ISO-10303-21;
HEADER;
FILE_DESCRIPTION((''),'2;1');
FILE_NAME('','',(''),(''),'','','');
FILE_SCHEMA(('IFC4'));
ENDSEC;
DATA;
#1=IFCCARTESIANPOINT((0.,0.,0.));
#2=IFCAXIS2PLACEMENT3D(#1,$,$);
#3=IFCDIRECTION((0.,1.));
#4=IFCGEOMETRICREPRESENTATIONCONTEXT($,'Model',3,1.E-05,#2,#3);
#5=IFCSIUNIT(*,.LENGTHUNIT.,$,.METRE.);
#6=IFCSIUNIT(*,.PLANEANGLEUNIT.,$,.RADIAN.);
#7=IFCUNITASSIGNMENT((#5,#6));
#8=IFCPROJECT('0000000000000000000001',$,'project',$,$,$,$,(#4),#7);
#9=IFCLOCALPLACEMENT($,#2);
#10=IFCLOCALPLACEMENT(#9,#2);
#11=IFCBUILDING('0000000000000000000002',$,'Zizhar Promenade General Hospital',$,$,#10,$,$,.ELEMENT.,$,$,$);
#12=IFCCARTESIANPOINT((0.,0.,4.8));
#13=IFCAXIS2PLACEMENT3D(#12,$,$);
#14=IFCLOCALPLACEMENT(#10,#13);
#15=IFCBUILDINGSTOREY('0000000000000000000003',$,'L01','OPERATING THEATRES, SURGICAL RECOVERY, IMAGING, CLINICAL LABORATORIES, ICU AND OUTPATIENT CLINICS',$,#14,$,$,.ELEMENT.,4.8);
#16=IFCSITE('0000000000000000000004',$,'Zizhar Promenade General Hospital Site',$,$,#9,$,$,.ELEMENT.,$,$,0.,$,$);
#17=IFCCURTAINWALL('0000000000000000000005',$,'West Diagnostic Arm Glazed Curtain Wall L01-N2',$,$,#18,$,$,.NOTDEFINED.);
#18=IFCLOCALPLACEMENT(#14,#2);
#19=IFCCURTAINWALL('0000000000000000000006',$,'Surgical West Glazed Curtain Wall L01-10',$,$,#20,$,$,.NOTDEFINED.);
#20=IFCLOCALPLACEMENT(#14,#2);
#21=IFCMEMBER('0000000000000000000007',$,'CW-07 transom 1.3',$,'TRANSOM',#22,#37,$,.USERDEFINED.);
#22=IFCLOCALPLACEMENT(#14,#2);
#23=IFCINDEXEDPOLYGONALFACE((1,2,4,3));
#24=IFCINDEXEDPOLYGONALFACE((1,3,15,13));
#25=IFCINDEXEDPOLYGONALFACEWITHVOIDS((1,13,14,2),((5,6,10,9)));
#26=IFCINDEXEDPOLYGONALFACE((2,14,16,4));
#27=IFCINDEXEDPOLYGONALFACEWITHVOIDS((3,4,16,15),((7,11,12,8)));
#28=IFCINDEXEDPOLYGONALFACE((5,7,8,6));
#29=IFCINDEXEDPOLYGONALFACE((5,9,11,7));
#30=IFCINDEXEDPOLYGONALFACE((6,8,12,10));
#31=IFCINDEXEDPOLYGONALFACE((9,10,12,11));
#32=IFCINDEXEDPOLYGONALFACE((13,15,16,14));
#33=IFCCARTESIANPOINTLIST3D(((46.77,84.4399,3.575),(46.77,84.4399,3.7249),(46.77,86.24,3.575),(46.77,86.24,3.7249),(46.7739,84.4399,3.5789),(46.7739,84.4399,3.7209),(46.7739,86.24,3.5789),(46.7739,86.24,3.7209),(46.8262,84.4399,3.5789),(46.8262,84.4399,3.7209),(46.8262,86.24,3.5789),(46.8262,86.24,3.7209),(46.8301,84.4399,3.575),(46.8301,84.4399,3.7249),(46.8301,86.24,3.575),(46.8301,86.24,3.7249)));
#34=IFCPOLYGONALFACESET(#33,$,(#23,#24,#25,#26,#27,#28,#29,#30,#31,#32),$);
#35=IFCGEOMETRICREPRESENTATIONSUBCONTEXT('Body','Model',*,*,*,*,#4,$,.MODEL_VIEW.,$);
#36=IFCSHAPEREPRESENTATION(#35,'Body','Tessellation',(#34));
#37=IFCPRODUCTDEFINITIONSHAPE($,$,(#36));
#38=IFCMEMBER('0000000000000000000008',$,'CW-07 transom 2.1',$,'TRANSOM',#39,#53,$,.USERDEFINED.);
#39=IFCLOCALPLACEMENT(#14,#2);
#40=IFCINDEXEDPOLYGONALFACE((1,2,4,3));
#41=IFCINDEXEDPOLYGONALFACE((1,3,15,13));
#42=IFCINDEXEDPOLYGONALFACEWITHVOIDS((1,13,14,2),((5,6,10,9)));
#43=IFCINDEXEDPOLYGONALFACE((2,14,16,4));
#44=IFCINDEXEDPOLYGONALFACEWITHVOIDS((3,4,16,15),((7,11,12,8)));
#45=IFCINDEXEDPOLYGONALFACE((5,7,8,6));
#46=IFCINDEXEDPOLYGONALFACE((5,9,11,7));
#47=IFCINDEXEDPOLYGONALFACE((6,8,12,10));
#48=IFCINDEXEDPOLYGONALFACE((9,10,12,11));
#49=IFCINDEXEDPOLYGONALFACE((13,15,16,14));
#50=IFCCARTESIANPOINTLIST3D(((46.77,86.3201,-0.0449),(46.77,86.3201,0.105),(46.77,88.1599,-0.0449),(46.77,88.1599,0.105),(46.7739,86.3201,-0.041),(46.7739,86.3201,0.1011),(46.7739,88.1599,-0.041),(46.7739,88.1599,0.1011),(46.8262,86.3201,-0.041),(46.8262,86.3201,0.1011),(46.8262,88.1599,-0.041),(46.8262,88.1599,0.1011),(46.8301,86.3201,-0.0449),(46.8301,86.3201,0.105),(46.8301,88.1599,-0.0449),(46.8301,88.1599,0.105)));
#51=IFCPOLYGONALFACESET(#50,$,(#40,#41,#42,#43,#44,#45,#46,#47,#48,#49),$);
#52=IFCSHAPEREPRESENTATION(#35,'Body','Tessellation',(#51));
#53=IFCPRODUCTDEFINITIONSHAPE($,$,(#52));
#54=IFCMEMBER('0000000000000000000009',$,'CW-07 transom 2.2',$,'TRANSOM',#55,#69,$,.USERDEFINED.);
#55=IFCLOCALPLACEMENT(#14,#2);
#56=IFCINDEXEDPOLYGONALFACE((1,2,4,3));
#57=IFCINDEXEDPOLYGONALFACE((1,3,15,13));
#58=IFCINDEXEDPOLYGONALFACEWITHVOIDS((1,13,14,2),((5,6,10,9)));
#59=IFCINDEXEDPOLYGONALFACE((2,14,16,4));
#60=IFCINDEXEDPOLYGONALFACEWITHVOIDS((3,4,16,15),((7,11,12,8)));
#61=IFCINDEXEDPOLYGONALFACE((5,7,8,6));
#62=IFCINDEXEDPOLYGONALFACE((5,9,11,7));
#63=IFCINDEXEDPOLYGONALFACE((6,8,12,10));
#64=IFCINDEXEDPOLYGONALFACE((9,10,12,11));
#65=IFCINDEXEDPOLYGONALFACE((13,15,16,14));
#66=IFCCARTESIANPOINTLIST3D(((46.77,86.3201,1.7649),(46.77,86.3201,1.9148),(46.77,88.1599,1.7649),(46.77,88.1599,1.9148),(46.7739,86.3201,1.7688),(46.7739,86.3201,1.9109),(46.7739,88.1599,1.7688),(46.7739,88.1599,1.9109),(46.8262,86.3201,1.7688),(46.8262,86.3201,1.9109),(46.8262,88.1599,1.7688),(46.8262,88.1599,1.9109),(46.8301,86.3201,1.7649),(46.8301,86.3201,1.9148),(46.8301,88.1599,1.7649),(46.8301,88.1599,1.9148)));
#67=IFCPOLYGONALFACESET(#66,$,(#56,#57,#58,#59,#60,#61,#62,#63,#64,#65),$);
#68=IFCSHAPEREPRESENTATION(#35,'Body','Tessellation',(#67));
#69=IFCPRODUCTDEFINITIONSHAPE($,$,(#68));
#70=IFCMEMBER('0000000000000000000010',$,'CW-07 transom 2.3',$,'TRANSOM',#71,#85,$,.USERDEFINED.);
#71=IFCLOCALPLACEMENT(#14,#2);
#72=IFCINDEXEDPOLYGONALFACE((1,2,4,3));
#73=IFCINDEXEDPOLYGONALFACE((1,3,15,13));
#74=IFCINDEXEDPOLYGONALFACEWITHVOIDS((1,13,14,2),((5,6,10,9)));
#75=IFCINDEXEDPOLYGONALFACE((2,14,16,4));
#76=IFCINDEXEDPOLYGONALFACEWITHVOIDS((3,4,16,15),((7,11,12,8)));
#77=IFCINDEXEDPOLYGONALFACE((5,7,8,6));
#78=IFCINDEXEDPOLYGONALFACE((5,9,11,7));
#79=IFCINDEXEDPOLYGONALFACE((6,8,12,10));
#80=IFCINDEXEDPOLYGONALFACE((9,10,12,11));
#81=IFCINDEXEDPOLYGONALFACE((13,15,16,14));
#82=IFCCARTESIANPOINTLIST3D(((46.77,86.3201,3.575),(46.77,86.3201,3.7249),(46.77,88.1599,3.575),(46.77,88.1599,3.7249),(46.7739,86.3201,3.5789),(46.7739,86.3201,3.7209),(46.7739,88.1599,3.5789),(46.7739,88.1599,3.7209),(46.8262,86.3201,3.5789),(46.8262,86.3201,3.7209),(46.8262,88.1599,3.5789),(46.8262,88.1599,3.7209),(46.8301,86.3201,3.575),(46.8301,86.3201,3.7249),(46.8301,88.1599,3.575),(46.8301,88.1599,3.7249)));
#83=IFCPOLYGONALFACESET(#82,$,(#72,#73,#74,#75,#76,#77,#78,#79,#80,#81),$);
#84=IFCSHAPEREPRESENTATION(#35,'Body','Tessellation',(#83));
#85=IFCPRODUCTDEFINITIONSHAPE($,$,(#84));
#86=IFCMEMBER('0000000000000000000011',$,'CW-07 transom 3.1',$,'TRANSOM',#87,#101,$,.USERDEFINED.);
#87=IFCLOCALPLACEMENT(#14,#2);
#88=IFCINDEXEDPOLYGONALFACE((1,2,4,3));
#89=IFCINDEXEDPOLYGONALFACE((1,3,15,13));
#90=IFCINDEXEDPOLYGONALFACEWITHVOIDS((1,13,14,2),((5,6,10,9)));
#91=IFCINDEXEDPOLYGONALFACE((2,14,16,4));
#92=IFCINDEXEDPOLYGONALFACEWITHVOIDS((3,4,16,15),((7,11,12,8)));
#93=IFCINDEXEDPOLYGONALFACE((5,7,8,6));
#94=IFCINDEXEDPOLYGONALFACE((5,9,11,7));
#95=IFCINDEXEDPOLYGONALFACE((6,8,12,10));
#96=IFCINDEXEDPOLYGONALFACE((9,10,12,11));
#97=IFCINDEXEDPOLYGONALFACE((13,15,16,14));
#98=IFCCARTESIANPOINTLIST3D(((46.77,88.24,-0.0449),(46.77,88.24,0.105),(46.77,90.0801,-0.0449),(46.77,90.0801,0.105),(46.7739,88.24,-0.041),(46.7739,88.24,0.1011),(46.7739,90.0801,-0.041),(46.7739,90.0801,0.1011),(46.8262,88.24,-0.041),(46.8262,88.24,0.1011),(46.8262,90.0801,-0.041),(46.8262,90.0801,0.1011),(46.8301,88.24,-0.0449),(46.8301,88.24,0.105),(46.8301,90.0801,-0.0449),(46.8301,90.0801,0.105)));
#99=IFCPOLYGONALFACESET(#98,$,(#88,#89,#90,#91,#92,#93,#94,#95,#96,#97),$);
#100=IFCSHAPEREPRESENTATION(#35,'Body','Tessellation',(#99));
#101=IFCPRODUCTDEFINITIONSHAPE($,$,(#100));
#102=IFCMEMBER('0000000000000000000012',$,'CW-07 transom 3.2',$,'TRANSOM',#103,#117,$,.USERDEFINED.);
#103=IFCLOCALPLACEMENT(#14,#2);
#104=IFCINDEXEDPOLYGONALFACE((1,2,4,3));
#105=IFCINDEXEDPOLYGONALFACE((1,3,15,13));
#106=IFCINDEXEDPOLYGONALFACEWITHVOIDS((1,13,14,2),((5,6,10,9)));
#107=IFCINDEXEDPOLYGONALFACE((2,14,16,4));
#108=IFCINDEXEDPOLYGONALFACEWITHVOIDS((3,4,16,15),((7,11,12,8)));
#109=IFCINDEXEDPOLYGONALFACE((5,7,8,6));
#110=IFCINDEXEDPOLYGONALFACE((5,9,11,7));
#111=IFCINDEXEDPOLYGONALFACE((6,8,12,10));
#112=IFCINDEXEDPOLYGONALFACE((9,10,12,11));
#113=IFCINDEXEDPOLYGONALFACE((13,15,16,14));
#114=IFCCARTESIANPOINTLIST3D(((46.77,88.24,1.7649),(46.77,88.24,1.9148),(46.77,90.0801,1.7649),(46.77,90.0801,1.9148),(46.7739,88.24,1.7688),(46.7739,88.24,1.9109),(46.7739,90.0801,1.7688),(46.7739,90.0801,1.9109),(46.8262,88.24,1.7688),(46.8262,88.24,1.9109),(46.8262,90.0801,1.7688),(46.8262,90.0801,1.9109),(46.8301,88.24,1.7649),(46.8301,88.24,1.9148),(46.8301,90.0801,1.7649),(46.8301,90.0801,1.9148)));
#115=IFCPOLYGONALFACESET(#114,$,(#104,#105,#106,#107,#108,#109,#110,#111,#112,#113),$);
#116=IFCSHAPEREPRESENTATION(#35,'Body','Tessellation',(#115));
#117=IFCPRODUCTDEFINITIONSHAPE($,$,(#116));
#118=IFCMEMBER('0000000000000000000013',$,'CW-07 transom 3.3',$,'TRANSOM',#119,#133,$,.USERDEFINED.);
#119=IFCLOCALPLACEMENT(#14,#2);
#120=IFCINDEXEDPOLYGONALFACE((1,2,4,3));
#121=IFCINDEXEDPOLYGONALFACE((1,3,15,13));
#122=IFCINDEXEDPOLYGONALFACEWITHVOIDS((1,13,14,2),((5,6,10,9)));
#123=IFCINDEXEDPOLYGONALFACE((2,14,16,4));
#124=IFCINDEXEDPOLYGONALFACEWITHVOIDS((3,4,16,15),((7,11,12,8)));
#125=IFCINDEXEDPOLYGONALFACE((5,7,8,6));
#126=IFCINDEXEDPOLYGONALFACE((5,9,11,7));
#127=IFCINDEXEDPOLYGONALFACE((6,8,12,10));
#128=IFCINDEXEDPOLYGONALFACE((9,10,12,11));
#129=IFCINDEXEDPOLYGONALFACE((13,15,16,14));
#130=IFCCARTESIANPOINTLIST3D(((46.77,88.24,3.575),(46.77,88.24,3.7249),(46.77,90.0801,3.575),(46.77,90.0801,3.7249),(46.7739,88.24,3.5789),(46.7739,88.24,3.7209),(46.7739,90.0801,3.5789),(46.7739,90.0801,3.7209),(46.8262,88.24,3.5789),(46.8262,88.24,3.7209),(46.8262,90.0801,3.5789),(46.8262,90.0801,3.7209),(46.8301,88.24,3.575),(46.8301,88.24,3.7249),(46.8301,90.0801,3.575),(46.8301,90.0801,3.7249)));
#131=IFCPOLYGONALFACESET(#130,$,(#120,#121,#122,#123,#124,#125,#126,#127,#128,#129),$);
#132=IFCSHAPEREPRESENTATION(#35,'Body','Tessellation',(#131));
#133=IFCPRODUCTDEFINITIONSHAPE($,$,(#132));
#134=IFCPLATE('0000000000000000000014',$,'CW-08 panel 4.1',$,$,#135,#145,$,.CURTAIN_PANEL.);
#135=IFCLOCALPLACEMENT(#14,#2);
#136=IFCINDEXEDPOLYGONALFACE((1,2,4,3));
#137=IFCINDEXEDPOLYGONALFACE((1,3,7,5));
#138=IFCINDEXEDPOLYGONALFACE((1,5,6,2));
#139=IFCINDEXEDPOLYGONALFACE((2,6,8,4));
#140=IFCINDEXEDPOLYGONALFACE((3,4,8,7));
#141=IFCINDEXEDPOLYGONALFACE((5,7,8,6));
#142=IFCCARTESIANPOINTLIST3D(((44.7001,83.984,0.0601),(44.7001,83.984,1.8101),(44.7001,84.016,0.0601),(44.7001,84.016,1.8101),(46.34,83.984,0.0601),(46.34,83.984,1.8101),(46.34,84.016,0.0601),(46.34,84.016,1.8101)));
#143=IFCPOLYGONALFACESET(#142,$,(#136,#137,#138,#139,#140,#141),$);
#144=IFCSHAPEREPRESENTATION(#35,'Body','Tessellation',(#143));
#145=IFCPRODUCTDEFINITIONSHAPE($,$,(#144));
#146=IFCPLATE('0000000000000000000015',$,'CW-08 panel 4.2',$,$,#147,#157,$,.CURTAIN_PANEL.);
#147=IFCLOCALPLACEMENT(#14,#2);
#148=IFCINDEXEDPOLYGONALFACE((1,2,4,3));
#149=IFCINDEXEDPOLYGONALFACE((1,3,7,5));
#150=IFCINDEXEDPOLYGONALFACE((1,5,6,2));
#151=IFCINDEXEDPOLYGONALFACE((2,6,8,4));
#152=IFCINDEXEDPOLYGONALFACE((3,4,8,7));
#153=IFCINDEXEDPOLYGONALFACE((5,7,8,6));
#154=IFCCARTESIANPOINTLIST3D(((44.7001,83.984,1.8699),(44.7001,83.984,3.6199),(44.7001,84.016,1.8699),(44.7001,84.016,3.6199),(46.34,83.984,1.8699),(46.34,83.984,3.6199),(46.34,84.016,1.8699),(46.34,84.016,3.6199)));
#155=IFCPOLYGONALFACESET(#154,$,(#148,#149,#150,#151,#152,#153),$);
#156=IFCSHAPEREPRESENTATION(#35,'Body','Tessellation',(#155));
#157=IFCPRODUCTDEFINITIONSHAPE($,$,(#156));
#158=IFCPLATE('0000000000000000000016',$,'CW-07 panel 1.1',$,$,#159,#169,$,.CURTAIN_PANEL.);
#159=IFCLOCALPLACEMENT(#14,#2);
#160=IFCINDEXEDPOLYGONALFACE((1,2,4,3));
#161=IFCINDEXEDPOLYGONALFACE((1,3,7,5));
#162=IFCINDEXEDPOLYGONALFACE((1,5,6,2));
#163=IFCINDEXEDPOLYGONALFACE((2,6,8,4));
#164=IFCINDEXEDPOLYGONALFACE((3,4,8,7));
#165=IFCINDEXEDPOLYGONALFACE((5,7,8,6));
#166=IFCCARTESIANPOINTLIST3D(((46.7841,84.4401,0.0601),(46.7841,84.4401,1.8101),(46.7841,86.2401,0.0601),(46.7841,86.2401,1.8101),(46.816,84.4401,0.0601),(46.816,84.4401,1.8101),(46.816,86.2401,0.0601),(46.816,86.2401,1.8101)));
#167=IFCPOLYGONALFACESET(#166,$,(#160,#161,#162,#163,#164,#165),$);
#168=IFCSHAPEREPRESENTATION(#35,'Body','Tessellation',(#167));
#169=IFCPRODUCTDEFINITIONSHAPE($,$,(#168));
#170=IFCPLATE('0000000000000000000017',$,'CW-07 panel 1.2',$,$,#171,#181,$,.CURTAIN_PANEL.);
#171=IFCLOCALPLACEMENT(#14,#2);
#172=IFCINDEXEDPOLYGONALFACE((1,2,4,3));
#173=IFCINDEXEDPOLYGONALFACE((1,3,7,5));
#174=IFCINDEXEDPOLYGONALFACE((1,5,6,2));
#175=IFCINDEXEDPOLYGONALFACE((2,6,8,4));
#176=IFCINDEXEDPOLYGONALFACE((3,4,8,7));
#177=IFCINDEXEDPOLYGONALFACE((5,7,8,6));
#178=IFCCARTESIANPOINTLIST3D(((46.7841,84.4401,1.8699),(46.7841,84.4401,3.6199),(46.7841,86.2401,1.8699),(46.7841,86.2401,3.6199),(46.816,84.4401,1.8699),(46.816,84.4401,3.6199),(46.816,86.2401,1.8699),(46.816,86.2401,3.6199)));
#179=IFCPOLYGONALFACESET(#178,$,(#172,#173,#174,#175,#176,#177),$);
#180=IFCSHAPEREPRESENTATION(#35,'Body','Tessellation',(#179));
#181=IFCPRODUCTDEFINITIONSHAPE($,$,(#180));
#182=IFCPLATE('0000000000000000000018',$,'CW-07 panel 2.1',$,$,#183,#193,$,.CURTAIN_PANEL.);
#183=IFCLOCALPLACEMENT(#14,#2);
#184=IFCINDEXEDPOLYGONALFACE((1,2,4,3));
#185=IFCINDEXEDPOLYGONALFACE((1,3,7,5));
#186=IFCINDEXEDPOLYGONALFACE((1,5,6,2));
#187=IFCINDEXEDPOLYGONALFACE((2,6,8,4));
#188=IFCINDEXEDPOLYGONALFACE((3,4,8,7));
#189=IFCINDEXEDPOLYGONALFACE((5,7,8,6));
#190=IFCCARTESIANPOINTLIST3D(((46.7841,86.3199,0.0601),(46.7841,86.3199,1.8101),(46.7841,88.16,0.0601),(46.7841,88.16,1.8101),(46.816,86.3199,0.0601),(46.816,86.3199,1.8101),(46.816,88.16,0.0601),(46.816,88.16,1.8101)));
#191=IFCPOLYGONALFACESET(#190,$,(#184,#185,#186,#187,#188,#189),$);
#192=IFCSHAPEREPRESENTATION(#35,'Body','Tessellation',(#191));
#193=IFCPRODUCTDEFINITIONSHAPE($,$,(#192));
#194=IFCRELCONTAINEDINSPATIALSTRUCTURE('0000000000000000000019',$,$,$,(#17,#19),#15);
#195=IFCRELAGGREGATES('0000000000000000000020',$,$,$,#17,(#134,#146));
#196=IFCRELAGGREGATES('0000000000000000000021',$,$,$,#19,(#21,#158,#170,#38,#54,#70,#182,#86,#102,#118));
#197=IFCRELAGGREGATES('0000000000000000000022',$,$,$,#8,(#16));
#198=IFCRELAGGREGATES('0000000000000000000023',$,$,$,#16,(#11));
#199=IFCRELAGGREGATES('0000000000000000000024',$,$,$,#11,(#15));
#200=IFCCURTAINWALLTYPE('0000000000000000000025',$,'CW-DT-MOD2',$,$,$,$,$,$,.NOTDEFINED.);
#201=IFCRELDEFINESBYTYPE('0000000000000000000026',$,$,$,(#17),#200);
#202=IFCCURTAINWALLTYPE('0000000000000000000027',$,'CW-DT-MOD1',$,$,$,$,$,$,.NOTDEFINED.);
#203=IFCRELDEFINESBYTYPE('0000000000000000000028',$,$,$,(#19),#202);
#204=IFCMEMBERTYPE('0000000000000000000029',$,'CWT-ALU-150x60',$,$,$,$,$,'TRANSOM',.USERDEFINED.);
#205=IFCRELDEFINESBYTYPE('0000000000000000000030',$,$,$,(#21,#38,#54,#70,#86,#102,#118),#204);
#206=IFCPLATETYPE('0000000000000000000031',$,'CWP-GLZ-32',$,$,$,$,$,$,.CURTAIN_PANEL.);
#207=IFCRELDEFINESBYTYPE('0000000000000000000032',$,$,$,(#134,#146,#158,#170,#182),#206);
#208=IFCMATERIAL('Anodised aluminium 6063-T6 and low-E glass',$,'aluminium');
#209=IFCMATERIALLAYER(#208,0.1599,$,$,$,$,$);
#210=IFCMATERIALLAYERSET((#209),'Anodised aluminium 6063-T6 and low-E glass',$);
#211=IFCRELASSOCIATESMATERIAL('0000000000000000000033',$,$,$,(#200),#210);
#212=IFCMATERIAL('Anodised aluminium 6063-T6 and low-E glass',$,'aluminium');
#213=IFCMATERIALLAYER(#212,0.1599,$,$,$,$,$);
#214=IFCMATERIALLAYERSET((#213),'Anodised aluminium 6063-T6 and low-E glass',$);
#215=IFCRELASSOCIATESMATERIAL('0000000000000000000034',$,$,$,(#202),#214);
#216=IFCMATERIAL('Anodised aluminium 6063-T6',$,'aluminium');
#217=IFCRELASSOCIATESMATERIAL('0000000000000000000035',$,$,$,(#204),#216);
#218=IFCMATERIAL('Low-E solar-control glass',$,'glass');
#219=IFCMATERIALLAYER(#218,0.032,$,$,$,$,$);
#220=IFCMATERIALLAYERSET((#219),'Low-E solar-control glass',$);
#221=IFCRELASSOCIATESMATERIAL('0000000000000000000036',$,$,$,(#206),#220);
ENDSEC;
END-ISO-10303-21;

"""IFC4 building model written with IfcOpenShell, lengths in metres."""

from ifc_helpers import new_model, si_unit, direction, frame, origin, origin_2d, place, context, subcontext, project, spatial, rectangle, hollow_rectangle, extrude, material, layer, layer_set, material_profile, profile_set, type_object, element, aggregate, save


model = new_model("IFC4")

# Units and contexts
model_context = context("Model", 3, precision=1e-05, world=origin(), true_north=direction((0.0, 1.0)))
body_context = subcontext(model_context, "Body", "Model", "MODEL_VIEW")
ifc_project = project(units=[si_unit("LENGTHUNIT", "METRE"), si_unit("PLANEANGLEUNIT", "RADIAN")], contexts=[model_context])

# Site, building, storey
site_placement = place(None, origin())
site = spatial("IfcSite", under=ifc_project, at=site_placement, Name="Zizhar Promenade General Hospital Site", CompositionType="ELEMENT", RefElevation=0.0)
building_placement = place(site_placement, origin())
building = spatial("IfcBuilding", under=site, at=building_placement, Name="Zizhar Promenade General Hospital", CompositionType="ELEMENT")
storey_placement = place(building_placement, frame((0.0, 0.0, 4.8)))
storey = spatial("IfcBuildingStorey", under=building, at=storey_placement, Name="L01", Description="OPERATING THEATRES, SURGICAL RECOVERY, IMAGING, CLINICAL LABORATORIES, ICU AND OUTPATIENT CLINICS", CompositionType="ELEMENT", Elevation=4.8)

# Curtain wall
ifc_material_1 = material(Name="Anodised aluminium 6063-T6 and low-E glass", Category="aluminium")
ifc_layer_1 = layer(ifc_material_1, 0.1599)
ifc_layer_set_1 = layer_set([ifc_layer_1], Name="Anodised aluminium 6063-T6 and low-E glass")
curtain_wall_type_1 = type_object("IfcCurtainWallType", Name="CW-DT-MOD2", PredefinedType="NOTDEFINED", material=ifc_layer_set_1)
curtain_wall_1_placement = place(storey_placement, origin())
curtain_wall_1 = element("IfcCurtainWall", 1, at=curtain_wall_1_placement, inside=storey, type_object=curtain_wall_type_1, Name="West Diagnostic Arm Glazed Curtain Wall L01-N2", PredefinedType="NOTDEFINED")

# Curtain wall, members
ifc_material_2 = material(Name="Anodised aluminium 6063-T6 and low-E glass", Category="aluminium")
ifc_layer_2 = layer(ifc_material_2, 0.1599)
ifc_layer_set_2 = layer_set([ifc_layer_2], Name="Anodised aluminium 6063-T6 and low-E glass")
curtain_wall_type_2 = type_object("IfcCurtainWallType", Name="CW-DT-MOD1", PredefinedType="NOTDEFINED", material=ifc_layer_set_2)
curtain_wall_2_placement = place(storey_placement, origin())
curtain_wall_2 = element("IfcCurtainWall", 2, at=curtain_wall_2_placement, inside=storey, type_object=curtain_wall_type_2, Name="Surgical West Glazed Curtain Wall L01-10", PredefinedType="NOTDEFINED")
ifc_material_3 = material(Name="Anodised aluminium 6063-T6", Category="aluminium")
ifc_material_profile_1 = material_profile(ifc_material_3, hollow_rectangle(XDim=0.0601, YDim=0.1499, WallThickness=0.0039, at=origin_2d()))
ifc_profile_set_1 = profile_set([ifc_material_profile_1], Name="Anodised aluminium 6063-T6")
member_type_1 = type_object("IfcMemberType", Name="CWT-ALU-150x60", ElementType="TRANSOM", PredefinedType="USERDEFINED", material=ifc_profile_set_1)
member_1_placement = place(storey_placement, frame((46.8, 84.4399, 3.6499), z_axis=(0.0, 1.0, 0.0), x_axis=(-1.0, 0.0, 0.0)))
member_1 = element("IfcMember", 3, at=member_1_placement, type_object=member_type_1, Name="CW-07 transom 1.3", ObjectType="TRANSOM", PredefinedType="USERDEFINED", context=body_context, shape_type="SweptSolid", body=[
    extrude(hollow_rectangle(XDim=0.0601, YDim=0.1499, WallThickness=0.0039, at=origin_2d()), origin(), (0.0, 0.0, 1.0), 1.8),
])
member_2_placement = place(storey_placement, frame((46.8, 86.3201, 0.03), z_axis=(0.0, 1.0, 0.0), x_axis=(-1.0, 0.0, 0.0)))
member_2 = element("IfcMember", 4, at=member_2_placement, type_object=member_type_1, Name="CW-07 transom 2.1", ObjectType="TRANSOM", PredefinedType="USERDEFINED", context=body_context, shape_type="SweptSolid", body=[
    extrude(hollow_rectangle(XDim=0.0601, YDim=0.1499, WallThickness=0.0039, at=origin_2d()), origin(), (0.0, 0.0, 1.0), 1.8398),
])
member_3_placement = place(storey_placement, frame((46.8, 86.3201, 1.8398), z_axis=(0.0, 1.0, 0.0), x_axis=(-1.0, 0.0, 0.0)))
member_3 = element("IfcMember", 5, at=member_3_placement, type_object=member_type_1, Name="CW-07 transom 2.2", ObjectType="TRANSOM", PredefinedType="USERDEFINED", context=body_context, shape_type="SweptSolid", body=[
    extrude(hollow_rectangle(XDim=0.0601, YDim=0.1499, WallThickness=0.0039, at=origin_2d()), origin(), (0.0, 0.0, 1.0), 1.8398),
])
member_4_placement = place(storey_placement, frame((46.8, 86.3201, 3.6499), z_axis=(0.0, 1.0, 0.0), x_axis=(-1.0, 0.0, 0.0)))
member_4 = element("IfcMember", 6, at=member_4_placement, type_object=member_type_1, Name="CW-07 transom 2.3", ObjectType="TRANSOM", PredefinedType="USERDEFINED", context=body_context, shape_type="SweptSolid", body=[
    extrude(hollow_rectangle(XDim=0.0601, YDim=0.1499, WallThickness=0.0039, at=origin_2d()), origin(), (0.0, 0.0, 1.0), 1.8398),
])
member_5_placement = place(storey_placement, frame((46.8, 88.24, 0.03), z_axis=(0.0, 1.0, 0.0), x_axis=(-1.0, 0.0, 0.0)))
member_5 = element("IfcMember", 7, at=member_5_placement, type_object=member_type_1, Name="CW-07 transom 3.1", ObjectType="TRANSOM", PredefinedType="USERDEFINED", context=body_context, shape_type="SweptSolid", body=[
    extrude(hollow_rectangle(XDim=0.0601, YDim=0.1499, WallThickness=0.0039, at=origin_2d()), origin(), (0.0, 0.0, 1.0), 1.8401),
])
member_6_placement = place(storey_placement, frame((46.8, 88.24, 1.8398), z_axis=(0.0, 1.0, 0.0), x_axis=(-1.0, 0.0, 0.0)))
member_6 = element("IfcMember", 8, at=member_6_placement, type_object=member_type_1, Name="CW-07 transom 3.2", ObjectType="TRANSOM", PredefinedType="USERDEFINED", context=body_context, shape_type="SweptSolid", body=[
    extrude(hollow_rectangle(XDim=0.0601, YDim=0.1499, WallThickness=0.0039, at=origin_2d()), origin(), (0.0, 0.0, 1.0), 1.8401),
])
member_7_placement = place(storey_placement, frame((46.8, 88.24, 3.6499), z_axis=(0.0, 1.0, 0.0), x_axis=(-1.0, 0.0, 0.0)))
member_7 = element("IfcMember", 9, at=member_7_placement, type_object=member_type_1, Name="CW-07 transom 3.3", ObjectType="TRANSOM", PredefinedType="USERDEFINED", context=body_context, shape_type="SweptSolid", body=[
    extrude(hollow_rectangle(XDim=0.0601, YDim=0.1499, WallThickness=0.0039, at=origin_2d()), origin(), (0.0, 0.0, 1.0), 1.8401),
])

# Plates
ifc_material_4 = material(Name="Low-E solar-control glass", Category="glass")
ifc_layer_3 = layer(ifc_material_4, 0.032)
ifc_layer_set_3 = layer_set([ifc_layer_3], Name="Low-E solar-control glass")
plate_type = type_object("IfcPlateType", Name="CWP-GLZ-32", PredefinedType="CURTAIN_PANEL", material=ifc_layer_set_3)
plate_1_placement = place(storey_placement, frame((45.52, 84.0, 0.0601), z_axis=(0.0, 0.0, 1.0), x_axis=(1.0, 0.0, 0.0)))
plate_1 = element("IfcPlate", 10, at=plate_1_placement, type_object=plate_type, Name="CW-08 panel 4.1", PredefinedType="CURTAIN_PANEL", context=body_context, shape_type="SweptSolid", body=[
    extrude(rectangle(XDim=1.6399, YDim=0.032, at=origin_2d()), origin(), (0.0, 0.0, 1.0), 1.75),
])
plate_2_placement = place(storey_placement, frame((45.52, 84.0, 1.8699), z_axis=(0.0, 0.0, 1.0), x_axis=(1.0, 0.0, 0.0)))
plate_2 = element("IfcPlate", 11, at=plate_2_placement, type_object=plate_type, Name="CW-08 panel 4.2", PredefinedType="CURTAIN_PANEL", context=body_context, shape_type="SweptSolid", body=[
    extrude(rectangle(XDim=1.6399, YDim=0.032, at=origin_2d()), origin(), (0.0, 0.0, 1.0), 1.75),
])
aggregate(curtain_wall_1, [plate_1, plate_2])
plate_3_placement = place(storey_placement, frame((46.8, 85.3401, 0.0601), z_axis=(0.0, 0.0, 1.0), x_axis=(0.0, 1.0, 0.0)))
plate_3 = element("IfcPlate", 12, at=plate_3_placement, type_object=plate_type, Name="CW-07 panel 1.1", PredefinedType="CURTAIN_PANEL", context=body_context, shape_type="SweptSolid", body=[
    extrude(rectangle(XDim=1.8, YDim=0.032, at=origin_2d()), origin(), (0.0, 0.0, 1.0), 1.75),
])
plate_4_placement = place(storey_placement, frame((46.8, 85.3401, 1.8699), z_axis=(0.0, 0.0, 1.0), x_axis=(0.0, 1.0, 0.0)))
plate_4 = element("IfcPlate", 13, at=plate_4_placement, type_object=plate_type, Name="CW-07 panel 1.2", PredefinedType="CURTAIN_PANEL", context=body_context, shape_type="SweptSolid", body=[
    extrude(rectangle(XDim=1.8, YDim=0.032, at=origin_2d()), origin(), (0.0, 0.0, 1.0), 1.75),
])
plate_5_placement = place(storey_placement, frame((46.8, 87.24, 0.0601), z_axis=(0.0, 0.0, 1.0), x_axis=(0.0, 1.0, 0.0)))
plate_5 = element("IfcPlate", 14, at=plate_5_placement, type_object=plate_type, Name="CW-07 panel 2.1", PredefinedType="CURTAIN_PANEL", context=body_context, shape_type="SweptSolid", body=[
    extrude(rectangle(XDim=1.8401, YDim=0.032, at=origin_2d()), origin(), (0.0, 0.0, 1.0), 1.75),
])
aggregate(curtain_wall_2, [member_1, plate_3, plate_4, member_2, member_3, member_4, plate_5, member_5, member_6, member_7])

save(model, "model.ifc")
